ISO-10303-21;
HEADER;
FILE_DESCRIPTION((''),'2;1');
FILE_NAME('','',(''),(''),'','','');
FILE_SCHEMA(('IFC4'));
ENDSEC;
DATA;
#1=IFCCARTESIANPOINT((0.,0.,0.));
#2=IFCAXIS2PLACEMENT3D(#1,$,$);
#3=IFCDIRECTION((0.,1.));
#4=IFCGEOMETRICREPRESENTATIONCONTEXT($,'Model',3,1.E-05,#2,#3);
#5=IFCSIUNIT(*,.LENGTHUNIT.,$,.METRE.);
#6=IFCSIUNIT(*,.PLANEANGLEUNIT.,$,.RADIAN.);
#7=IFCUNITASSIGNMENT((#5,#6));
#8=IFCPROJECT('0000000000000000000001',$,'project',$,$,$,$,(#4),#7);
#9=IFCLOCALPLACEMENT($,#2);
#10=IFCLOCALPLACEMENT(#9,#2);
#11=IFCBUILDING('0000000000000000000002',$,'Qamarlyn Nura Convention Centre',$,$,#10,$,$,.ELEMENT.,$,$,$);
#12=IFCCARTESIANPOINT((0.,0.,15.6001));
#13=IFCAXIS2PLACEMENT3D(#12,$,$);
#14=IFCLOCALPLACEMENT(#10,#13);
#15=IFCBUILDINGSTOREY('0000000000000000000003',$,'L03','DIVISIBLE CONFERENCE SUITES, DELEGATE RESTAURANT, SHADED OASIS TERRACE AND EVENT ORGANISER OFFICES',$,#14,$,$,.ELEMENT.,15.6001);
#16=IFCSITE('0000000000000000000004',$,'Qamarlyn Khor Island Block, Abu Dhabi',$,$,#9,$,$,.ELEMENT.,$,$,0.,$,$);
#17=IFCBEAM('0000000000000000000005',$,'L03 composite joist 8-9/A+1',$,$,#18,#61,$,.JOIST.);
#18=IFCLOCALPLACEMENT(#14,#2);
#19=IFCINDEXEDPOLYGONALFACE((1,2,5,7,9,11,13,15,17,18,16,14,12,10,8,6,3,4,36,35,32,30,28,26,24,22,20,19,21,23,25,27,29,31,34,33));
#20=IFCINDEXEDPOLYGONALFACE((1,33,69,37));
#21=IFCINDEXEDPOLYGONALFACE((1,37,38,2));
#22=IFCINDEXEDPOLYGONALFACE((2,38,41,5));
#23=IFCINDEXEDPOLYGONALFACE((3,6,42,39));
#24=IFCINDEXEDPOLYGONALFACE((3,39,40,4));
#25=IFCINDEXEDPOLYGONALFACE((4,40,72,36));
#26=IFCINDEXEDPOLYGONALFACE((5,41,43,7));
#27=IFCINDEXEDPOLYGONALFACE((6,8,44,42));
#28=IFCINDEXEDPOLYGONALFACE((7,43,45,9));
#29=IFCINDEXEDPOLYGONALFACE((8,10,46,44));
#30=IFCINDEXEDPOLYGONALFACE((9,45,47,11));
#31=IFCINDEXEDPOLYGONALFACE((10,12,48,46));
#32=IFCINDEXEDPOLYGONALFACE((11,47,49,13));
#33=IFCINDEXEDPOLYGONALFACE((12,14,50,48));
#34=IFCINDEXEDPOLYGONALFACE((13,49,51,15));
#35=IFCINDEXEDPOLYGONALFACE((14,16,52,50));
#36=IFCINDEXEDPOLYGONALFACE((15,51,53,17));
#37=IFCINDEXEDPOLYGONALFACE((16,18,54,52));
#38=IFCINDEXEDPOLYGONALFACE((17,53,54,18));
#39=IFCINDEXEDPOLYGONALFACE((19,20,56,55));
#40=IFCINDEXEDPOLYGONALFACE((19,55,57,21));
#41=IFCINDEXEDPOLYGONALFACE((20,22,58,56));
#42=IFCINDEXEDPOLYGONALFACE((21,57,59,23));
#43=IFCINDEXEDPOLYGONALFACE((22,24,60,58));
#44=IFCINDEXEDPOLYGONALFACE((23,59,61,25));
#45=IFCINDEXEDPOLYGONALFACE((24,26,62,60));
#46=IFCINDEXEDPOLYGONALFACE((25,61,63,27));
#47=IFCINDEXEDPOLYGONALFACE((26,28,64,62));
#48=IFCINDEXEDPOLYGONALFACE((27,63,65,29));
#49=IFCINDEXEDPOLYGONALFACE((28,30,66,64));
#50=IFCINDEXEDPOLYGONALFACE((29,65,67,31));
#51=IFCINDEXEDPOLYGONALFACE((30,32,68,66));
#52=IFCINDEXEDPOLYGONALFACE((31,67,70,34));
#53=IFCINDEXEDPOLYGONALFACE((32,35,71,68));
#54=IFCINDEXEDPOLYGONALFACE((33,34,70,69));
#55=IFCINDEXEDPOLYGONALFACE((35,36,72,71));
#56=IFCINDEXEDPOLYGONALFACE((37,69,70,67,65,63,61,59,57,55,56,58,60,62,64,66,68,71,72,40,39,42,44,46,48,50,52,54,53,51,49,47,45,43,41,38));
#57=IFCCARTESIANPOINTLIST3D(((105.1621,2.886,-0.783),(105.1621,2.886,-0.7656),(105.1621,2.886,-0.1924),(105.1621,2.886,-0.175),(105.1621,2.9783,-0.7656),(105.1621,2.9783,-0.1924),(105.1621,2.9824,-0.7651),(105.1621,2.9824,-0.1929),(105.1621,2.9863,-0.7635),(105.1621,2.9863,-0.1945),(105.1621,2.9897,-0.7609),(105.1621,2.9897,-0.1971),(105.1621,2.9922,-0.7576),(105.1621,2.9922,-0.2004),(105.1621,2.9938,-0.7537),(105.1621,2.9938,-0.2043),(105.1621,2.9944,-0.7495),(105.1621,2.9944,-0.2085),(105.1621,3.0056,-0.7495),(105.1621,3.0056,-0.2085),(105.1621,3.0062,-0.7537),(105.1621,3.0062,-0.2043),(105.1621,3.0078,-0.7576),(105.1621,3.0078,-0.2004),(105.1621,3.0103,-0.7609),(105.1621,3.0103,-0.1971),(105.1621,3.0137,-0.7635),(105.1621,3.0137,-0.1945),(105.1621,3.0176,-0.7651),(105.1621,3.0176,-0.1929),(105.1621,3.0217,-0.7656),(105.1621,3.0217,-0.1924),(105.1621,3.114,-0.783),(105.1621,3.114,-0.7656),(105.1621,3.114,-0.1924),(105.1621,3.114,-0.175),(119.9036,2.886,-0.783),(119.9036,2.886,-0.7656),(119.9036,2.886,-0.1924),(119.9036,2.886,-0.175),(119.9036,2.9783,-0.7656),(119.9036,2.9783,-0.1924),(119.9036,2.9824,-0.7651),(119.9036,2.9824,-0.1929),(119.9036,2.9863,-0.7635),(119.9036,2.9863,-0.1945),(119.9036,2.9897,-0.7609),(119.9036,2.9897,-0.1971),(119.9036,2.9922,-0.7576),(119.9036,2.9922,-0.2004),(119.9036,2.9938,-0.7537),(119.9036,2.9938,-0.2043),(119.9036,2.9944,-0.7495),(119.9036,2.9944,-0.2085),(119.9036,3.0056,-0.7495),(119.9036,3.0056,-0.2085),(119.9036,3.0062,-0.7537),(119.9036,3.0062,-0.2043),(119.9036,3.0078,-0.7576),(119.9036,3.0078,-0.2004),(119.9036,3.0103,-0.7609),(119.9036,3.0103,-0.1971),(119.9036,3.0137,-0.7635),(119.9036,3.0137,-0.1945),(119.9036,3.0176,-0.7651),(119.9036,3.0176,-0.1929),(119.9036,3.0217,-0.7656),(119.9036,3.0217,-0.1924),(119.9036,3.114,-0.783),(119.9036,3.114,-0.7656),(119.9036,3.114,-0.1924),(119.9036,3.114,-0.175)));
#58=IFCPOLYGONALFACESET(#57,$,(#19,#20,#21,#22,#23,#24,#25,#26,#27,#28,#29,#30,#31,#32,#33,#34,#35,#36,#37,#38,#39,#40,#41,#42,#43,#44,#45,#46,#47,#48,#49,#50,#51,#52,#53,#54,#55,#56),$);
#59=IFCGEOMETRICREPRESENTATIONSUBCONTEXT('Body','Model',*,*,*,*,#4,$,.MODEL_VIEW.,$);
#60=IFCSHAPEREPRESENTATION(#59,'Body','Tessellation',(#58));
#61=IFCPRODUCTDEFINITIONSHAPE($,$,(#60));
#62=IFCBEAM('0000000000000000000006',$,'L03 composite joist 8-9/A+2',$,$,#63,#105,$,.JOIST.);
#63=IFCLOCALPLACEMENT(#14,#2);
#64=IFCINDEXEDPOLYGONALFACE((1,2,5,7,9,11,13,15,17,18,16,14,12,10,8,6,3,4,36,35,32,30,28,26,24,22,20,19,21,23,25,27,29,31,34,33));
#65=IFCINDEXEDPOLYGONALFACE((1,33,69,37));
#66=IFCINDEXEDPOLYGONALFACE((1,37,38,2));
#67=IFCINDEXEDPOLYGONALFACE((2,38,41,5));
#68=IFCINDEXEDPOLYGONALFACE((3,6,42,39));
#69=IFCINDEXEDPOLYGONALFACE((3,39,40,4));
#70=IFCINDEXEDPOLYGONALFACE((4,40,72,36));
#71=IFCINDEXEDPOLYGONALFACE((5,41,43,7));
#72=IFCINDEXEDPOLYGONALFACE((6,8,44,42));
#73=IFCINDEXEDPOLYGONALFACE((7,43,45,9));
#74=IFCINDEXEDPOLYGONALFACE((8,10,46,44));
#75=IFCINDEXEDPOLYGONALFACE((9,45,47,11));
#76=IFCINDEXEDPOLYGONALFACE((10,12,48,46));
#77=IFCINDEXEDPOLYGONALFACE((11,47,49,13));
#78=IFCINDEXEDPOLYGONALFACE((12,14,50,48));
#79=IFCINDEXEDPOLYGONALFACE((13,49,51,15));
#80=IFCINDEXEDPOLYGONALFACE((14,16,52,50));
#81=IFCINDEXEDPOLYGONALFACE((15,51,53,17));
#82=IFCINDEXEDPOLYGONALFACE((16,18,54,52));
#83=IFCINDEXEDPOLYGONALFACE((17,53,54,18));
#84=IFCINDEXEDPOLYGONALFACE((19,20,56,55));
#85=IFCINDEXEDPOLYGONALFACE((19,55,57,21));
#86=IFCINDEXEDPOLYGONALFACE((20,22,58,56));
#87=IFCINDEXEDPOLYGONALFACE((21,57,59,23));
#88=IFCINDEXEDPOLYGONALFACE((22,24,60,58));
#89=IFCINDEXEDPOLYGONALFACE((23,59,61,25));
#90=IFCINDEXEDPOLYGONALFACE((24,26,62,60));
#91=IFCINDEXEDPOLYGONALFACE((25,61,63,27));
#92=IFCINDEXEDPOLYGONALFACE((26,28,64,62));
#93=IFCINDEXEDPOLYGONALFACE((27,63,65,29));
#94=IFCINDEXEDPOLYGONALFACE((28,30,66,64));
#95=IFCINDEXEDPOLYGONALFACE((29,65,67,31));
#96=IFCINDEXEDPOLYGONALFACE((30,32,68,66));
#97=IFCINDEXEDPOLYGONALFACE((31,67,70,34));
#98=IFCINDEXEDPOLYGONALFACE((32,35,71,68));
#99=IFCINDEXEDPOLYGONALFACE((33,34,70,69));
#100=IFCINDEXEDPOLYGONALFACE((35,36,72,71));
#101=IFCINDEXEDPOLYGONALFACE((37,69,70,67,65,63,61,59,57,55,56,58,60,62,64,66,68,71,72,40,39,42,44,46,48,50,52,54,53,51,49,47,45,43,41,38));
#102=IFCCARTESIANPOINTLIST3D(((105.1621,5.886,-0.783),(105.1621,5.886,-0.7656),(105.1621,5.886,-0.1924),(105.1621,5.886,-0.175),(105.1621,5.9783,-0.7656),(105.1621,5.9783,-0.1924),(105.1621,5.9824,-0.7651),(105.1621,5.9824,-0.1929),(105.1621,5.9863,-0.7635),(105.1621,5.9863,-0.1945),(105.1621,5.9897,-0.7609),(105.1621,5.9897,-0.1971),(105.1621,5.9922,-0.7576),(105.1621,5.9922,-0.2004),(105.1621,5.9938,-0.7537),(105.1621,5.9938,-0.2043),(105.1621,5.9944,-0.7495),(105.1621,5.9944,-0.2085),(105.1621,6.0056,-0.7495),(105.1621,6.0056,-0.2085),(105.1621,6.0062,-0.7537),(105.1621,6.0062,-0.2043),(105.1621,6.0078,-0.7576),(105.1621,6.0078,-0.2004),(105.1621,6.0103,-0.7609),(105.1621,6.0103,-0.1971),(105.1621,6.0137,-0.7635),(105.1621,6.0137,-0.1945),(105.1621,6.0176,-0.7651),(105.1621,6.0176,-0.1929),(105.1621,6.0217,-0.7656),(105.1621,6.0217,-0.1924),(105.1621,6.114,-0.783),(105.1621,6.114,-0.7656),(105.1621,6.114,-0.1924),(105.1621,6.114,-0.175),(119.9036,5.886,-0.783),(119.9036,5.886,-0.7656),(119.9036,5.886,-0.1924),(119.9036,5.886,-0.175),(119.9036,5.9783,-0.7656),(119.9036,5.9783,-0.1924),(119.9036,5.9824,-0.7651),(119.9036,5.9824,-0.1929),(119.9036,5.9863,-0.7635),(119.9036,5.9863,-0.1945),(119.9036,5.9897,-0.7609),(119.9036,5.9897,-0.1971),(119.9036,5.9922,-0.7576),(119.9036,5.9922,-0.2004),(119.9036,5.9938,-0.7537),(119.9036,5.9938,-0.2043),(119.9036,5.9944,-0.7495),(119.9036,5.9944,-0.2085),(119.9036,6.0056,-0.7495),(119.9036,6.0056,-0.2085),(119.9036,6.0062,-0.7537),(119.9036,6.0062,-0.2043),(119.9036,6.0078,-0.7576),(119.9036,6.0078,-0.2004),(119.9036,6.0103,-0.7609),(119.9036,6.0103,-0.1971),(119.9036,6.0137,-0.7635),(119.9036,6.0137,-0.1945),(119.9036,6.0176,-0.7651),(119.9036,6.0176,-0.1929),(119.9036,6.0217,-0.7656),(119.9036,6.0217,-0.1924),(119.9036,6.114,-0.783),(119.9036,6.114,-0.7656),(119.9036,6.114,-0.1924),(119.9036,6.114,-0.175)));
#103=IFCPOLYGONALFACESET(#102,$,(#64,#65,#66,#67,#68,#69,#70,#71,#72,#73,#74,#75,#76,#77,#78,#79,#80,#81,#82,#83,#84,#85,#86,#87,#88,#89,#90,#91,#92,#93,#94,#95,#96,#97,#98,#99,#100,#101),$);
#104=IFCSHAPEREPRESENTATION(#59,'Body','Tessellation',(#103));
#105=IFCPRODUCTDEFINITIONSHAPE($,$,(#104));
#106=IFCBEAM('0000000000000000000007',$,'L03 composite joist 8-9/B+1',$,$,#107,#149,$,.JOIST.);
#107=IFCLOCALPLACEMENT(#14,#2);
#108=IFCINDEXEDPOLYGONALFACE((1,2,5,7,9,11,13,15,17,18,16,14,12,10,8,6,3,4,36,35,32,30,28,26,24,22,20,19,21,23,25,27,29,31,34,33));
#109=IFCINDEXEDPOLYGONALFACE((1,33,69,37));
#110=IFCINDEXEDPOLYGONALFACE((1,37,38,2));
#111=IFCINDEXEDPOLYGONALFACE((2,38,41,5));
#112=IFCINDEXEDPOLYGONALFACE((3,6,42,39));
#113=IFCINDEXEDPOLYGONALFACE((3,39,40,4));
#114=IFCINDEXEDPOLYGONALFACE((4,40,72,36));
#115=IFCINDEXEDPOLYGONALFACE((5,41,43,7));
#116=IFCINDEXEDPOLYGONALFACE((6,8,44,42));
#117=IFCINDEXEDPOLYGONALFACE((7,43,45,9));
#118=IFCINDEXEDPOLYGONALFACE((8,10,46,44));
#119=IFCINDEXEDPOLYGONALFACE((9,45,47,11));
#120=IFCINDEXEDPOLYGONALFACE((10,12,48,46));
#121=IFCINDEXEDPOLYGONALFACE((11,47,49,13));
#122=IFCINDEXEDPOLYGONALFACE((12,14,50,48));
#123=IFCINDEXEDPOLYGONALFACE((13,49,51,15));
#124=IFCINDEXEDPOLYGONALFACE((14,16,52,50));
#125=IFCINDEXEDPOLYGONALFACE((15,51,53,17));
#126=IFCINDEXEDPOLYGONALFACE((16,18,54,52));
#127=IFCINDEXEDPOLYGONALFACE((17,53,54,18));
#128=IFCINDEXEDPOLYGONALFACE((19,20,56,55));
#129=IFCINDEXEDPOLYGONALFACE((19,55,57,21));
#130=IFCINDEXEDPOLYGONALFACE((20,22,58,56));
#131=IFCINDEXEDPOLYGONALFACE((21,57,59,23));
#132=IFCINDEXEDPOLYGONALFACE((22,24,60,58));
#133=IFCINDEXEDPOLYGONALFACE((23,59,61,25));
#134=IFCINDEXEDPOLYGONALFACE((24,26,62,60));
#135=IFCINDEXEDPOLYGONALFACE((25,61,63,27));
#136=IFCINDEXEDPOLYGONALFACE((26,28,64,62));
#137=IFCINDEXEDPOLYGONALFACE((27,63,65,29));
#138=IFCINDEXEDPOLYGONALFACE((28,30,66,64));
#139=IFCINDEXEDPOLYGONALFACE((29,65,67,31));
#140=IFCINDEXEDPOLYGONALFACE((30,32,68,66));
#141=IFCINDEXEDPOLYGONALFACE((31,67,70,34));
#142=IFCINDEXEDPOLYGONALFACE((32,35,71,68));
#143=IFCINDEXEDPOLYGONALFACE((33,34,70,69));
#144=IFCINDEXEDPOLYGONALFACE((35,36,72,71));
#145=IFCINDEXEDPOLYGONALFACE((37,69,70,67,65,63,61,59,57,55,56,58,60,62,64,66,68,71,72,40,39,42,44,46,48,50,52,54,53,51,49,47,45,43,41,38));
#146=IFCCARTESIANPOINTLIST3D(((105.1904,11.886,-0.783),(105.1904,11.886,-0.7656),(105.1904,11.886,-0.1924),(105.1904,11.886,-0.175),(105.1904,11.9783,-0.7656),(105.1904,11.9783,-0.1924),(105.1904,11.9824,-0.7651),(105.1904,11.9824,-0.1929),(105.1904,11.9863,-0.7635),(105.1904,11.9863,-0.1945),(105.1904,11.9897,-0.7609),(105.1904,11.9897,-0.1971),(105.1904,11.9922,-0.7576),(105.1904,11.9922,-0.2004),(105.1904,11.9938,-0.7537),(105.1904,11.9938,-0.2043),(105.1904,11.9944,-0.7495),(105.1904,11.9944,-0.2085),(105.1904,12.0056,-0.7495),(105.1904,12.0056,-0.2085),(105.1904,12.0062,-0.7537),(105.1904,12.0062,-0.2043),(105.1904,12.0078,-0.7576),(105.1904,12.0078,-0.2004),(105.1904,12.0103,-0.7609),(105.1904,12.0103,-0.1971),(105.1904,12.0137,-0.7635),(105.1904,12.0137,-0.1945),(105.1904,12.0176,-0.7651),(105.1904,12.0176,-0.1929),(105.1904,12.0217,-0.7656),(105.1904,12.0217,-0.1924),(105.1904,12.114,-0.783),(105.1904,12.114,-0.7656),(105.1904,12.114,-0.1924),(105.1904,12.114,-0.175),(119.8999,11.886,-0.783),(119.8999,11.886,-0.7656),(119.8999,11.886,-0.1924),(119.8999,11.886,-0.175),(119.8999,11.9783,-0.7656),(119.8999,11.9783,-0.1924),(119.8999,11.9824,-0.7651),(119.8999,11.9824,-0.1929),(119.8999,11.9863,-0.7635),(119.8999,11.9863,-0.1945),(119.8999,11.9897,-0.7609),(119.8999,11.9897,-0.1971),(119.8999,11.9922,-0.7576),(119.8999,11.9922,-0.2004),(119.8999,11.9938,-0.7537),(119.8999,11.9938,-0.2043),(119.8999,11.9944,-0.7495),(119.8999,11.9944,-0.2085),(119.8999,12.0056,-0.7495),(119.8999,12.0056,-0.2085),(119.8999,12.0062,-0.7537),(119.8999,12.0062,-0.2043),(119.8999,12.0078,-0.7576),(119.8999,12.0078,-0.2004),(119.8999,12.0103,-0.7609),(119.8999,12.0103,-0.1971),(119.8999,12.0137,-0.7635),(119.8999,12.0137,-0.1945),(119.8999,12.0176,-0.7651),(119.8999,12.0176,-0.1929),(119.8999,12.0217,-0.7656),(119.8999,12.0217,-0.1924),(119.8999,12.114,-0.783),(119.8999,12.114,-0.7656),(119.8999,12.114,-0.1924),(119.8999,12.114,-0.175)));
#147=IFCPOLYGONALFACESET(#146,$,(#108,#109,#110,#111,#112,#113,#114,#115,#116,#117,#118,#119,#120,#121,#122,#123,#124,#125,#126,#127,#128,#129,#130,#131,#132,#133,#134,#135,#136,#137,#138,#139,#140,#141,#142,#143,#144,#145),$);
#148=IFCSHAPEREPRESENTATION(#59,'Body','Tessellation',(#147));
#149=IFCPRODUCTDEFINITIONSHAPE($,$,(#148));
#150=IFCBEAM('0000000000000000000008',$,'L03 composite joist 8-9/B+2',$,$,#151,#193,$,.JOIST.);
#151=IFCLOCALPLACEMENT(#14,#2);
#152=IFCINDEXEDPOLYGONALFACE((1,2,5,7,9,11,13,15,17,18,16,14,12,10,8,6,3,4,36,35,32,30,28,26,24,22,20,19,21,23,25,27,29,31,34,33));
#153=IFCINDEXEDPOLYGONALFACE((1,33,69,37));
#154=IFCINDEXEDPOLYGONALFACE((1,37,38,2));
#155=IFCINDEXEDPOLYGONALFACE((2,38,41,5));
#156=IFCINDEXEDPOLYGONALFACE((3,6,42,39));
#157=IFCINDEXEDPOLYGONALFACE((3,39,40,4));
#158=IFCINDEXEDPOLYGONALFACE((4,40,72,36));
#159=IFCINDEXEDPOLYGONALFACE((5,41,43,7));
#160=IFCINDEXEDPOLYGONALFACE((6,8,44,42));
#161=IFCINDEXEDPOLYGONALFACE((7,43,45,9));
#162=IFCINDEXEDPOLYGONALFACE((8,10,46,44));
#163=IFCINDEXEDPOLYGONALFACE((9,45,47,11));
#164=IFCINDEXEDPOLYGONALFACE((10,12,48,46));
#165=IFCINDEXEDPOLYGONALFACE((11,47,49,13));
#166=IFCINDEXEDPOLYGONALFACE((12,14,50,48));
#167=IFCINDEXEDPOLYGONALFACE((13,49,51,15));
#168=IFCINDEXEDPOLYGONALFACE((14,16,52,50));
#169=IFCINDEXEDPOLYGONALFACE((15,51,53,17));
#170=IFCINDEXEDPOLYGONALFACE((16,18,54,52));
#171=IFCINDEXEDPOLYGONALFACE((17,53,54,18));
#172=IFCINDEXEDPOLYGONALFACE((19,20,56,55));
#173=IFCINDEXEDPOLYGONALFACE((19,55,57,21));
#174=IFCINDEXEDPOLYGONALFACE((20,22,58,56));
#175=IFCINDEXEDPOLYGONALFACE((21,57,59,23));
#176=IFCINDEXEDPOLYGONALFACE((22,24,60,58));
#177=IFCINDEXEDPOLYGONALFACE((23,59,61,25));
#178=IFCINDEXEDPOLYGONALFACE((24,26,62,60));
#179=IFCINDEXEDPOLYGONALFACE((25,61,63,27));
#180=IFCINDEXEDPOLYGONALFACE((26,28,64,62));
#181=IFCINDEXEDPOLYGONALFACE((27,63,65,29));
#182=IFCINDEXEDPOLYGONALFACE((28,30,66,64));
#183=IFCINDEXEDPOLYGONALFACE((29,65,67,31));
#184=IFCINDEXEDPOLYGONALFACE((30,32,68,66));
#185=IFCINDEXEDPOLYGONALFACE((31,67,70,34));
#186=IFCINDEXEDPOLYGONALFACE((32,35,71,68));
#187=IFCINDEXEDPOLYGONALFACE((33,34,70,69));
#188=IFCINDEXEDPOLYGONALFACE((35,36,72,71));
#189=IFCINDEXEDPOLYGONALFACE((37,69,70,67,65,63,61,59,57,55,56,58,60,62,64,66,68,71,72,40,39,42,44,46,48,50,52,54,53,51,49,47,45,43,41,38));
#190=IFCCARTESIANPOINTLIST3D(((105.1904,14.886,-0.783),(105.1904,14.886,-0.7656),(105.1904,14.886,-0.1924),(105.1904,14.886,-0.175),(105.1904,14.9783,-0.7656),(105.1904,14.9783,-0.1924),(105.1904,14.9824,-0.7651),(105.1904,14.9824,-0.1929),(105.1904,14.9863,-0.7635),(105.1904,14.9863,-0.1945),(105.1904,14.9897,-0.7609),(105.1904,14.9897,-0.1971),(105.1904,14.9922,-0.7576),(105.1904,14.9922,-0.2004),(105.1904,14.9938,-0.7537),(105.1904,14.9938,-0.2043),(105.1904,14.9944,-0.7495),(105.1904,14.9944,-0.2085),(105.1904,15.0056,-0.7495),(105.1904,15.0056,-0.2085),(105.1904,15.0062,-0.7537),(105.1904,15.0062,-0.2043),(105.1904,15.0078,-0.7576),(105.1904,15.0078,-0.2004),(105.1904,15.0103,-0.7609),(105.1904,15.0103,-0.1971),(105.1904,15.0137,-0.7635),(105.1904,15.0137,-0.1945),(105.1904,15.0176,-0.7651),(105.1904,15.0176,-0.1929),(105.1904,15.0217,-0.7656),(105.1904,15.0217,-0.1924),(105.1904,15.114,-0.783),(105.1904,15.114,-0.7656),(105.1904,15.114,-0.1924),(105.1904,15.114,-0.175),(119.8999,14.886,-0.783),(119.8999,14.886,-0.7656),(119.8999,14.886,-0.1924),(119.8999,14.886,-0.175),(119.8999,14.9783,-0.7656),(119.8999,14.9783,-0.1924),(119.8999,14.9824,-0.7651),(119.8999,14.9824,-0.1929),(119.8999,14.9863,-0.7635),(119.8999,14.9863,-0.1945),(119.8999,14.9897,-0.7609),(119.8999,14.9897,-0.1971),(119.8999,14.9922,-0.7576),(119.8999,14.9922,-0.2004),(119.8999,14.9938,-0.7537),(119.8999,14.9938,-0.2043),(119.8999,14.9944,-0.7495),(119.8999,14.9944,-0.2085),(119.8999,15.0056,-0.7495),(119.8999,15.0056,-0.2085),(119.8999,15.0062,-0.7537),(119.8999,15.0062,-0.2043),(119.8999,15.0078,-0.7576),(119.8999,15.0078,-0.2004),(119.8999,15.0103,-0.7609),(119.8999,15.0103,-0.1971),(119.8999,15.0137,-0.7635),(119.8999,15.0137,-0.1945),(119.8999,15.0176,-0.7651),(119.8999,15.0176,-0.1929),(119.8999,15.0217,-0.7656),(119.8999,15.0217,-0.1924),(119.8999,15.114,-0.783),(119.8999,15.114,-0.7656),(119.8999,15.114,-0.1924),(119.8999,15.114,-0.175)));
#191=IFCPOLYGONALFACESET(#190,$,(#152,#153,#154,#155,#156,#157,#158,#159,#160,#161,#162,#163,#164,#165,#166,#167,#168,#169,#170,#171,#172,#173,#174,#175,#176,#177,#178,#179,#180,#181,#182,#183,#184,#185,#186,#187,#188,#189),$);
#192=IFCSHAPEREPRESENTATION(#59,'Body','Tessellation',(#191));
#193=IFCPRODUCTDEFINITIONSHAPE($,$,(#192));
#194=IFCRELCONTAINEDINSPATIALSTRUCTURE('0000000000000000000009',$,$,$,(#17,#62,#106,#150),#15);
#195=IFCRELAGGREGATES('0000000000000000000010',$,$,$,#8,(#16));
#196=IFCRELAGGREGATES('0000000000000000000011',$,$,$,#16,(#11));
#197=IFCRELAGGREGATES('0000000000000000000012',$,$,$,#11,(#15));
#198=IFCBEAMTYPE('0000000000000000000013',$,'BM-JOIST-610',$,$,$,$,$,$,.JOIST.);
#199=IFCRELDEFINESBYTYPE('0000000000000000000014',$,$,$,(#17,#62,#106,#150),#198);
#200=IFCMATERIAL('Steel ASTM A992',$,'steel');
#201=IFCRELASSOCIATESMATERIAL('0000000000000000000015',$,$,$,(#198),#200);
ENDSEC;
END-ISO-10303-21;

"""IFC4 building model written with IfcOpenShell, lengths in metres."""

from ifc_helpers import new_model, si_unit, direction, frame, origin, origin_2d, place, context, subcontext, project, spatial, i_section, extrude, material, material_profile, profile_set, type_object, element, save


model = new_model("IFC4")

# Units and contexts
model_context = context("Model", 3, precision=1e-05, world=origin(), true_north=direction((0.0, 1.0)))
body_context = subcontext(model_context, "Body", "Model", "MODEL_VIEW")
ifc_project = project(units=[si_unit("LENGTHUNIT", "METRE"), si_unit("PLANEANGLEUNIT", "RADIAN")], contexts=[model_context])

# Site, building, storey
site_placement = place(None, origin())
site = spatial("IfcSite", under=ifc_project, at=site_placement, Name="Qamarlyn Khor Island Block, Abu Dhabi", CompositionType="ELEMENT", RefElevation=0.0)
building_placement = place(site_placement, origin())
building = spatial("IfcBuilding", under=site, at=building_placement, Name="Qamarlyn Nura Convention Centre", CompositionType="ELEMENT")
storey_placement = place(building_placement, frame((0.0, 0.0, 15.6001)))
storey = spatial("IfcBuildingStorey", under=building, at=storey_placement, Name="L03", Description="DIVISIBLE CONFERENCE SUITES, DELEGATE RESTAURANT, SHADED OASIS TERRACE AND EVENT ORGANISER OFFICES", CompositionType="ELEMENT", Elevation=15.6001)

# Beams
ifc_material_1 = material(Name="Steel ASTM A992", Category="steel")
ifc_material_profile_1 = material_profile(ifc_material_1, i_section(OverallWidth=0.228, OverallDepth=0.6079, WebThickness=0.0112, FlangeThickness=0.0173, FilletRadius=0.0161, at=origin_2d()), Name="W610X113")
ifc_profile_set_1 = profile_set([ifc_material_profile_1], Name="Steel ASTM A992")
beam_type_1 = type_object("IfcBeamType", Name="BM-JOIST-610", PredefinedType="JOIST", material=ifc_profile_set_1)
for number, where, z_axis, x_axis, name in (
    (1, (105.1621, 3.0, -0.479), (1.0, 0.0, 0.0), (0.0, 1.0, 0.0), "L03 composite joist 8-9/A+1"),
    (2, (105.1621, 6.0, -0.479), (1.0, 0.0, 0.0), (0.0, 1.0, 0.0), "L03 composite joist 8-9/A+2"),
):
    element("IfcBeam", number, at=place(storey_placement, frame(where, z_axis=z_axis, x_axis=x_axis)), inside=storey, type_object=beam_type_1, Name=name, PredefinedType="JOIST", context=body_context, shape_type="SweptSolid", body=[
        extrude(i_section(OverallWidth=0.228, OverallDepth=0.6079, WebThickness=0.0112, FlangeThickness=0.0173, FilletRadius=0.0161, at=origin_2d()), origin(), (0.0, 0.0, 1.0), 14.7415),
    ])
for number, where, z_axis, x_axis, name in (
    (3, (105.1904, 12.0, -0.479), (1.0, 0.0, 0.0), (0.0, 1.0, 0.0), "L03 composite joist 8-9/B+1"),
    (4, (105.1904, 15.0, -0.479), (1.0, 0.0, 0.0), (0.0, 1.0, 0.0), "L03 composite joist 8-9/B+2"),
):
    element("IfcBeam", number, at=place(storey_placement, frame(where, z_axis=z_axis, x_axis=x_axis)), inside=storey, type_object=beam_type_1, Name=name, PredefinedType="JOIST", context=body_context, shape_type="SweptSolid", body=[
        extrude(i_section(OverallWidth=0.228, OverallDepth=0.6079, WebThickness=0.0112, FlangeThickness=0.0173, FilletRadius=0.0161, at=origin_2d()), origin(), (0.0, 0.0, 1.0), 14.7095),
    ])

save(model, "model.ifc")
